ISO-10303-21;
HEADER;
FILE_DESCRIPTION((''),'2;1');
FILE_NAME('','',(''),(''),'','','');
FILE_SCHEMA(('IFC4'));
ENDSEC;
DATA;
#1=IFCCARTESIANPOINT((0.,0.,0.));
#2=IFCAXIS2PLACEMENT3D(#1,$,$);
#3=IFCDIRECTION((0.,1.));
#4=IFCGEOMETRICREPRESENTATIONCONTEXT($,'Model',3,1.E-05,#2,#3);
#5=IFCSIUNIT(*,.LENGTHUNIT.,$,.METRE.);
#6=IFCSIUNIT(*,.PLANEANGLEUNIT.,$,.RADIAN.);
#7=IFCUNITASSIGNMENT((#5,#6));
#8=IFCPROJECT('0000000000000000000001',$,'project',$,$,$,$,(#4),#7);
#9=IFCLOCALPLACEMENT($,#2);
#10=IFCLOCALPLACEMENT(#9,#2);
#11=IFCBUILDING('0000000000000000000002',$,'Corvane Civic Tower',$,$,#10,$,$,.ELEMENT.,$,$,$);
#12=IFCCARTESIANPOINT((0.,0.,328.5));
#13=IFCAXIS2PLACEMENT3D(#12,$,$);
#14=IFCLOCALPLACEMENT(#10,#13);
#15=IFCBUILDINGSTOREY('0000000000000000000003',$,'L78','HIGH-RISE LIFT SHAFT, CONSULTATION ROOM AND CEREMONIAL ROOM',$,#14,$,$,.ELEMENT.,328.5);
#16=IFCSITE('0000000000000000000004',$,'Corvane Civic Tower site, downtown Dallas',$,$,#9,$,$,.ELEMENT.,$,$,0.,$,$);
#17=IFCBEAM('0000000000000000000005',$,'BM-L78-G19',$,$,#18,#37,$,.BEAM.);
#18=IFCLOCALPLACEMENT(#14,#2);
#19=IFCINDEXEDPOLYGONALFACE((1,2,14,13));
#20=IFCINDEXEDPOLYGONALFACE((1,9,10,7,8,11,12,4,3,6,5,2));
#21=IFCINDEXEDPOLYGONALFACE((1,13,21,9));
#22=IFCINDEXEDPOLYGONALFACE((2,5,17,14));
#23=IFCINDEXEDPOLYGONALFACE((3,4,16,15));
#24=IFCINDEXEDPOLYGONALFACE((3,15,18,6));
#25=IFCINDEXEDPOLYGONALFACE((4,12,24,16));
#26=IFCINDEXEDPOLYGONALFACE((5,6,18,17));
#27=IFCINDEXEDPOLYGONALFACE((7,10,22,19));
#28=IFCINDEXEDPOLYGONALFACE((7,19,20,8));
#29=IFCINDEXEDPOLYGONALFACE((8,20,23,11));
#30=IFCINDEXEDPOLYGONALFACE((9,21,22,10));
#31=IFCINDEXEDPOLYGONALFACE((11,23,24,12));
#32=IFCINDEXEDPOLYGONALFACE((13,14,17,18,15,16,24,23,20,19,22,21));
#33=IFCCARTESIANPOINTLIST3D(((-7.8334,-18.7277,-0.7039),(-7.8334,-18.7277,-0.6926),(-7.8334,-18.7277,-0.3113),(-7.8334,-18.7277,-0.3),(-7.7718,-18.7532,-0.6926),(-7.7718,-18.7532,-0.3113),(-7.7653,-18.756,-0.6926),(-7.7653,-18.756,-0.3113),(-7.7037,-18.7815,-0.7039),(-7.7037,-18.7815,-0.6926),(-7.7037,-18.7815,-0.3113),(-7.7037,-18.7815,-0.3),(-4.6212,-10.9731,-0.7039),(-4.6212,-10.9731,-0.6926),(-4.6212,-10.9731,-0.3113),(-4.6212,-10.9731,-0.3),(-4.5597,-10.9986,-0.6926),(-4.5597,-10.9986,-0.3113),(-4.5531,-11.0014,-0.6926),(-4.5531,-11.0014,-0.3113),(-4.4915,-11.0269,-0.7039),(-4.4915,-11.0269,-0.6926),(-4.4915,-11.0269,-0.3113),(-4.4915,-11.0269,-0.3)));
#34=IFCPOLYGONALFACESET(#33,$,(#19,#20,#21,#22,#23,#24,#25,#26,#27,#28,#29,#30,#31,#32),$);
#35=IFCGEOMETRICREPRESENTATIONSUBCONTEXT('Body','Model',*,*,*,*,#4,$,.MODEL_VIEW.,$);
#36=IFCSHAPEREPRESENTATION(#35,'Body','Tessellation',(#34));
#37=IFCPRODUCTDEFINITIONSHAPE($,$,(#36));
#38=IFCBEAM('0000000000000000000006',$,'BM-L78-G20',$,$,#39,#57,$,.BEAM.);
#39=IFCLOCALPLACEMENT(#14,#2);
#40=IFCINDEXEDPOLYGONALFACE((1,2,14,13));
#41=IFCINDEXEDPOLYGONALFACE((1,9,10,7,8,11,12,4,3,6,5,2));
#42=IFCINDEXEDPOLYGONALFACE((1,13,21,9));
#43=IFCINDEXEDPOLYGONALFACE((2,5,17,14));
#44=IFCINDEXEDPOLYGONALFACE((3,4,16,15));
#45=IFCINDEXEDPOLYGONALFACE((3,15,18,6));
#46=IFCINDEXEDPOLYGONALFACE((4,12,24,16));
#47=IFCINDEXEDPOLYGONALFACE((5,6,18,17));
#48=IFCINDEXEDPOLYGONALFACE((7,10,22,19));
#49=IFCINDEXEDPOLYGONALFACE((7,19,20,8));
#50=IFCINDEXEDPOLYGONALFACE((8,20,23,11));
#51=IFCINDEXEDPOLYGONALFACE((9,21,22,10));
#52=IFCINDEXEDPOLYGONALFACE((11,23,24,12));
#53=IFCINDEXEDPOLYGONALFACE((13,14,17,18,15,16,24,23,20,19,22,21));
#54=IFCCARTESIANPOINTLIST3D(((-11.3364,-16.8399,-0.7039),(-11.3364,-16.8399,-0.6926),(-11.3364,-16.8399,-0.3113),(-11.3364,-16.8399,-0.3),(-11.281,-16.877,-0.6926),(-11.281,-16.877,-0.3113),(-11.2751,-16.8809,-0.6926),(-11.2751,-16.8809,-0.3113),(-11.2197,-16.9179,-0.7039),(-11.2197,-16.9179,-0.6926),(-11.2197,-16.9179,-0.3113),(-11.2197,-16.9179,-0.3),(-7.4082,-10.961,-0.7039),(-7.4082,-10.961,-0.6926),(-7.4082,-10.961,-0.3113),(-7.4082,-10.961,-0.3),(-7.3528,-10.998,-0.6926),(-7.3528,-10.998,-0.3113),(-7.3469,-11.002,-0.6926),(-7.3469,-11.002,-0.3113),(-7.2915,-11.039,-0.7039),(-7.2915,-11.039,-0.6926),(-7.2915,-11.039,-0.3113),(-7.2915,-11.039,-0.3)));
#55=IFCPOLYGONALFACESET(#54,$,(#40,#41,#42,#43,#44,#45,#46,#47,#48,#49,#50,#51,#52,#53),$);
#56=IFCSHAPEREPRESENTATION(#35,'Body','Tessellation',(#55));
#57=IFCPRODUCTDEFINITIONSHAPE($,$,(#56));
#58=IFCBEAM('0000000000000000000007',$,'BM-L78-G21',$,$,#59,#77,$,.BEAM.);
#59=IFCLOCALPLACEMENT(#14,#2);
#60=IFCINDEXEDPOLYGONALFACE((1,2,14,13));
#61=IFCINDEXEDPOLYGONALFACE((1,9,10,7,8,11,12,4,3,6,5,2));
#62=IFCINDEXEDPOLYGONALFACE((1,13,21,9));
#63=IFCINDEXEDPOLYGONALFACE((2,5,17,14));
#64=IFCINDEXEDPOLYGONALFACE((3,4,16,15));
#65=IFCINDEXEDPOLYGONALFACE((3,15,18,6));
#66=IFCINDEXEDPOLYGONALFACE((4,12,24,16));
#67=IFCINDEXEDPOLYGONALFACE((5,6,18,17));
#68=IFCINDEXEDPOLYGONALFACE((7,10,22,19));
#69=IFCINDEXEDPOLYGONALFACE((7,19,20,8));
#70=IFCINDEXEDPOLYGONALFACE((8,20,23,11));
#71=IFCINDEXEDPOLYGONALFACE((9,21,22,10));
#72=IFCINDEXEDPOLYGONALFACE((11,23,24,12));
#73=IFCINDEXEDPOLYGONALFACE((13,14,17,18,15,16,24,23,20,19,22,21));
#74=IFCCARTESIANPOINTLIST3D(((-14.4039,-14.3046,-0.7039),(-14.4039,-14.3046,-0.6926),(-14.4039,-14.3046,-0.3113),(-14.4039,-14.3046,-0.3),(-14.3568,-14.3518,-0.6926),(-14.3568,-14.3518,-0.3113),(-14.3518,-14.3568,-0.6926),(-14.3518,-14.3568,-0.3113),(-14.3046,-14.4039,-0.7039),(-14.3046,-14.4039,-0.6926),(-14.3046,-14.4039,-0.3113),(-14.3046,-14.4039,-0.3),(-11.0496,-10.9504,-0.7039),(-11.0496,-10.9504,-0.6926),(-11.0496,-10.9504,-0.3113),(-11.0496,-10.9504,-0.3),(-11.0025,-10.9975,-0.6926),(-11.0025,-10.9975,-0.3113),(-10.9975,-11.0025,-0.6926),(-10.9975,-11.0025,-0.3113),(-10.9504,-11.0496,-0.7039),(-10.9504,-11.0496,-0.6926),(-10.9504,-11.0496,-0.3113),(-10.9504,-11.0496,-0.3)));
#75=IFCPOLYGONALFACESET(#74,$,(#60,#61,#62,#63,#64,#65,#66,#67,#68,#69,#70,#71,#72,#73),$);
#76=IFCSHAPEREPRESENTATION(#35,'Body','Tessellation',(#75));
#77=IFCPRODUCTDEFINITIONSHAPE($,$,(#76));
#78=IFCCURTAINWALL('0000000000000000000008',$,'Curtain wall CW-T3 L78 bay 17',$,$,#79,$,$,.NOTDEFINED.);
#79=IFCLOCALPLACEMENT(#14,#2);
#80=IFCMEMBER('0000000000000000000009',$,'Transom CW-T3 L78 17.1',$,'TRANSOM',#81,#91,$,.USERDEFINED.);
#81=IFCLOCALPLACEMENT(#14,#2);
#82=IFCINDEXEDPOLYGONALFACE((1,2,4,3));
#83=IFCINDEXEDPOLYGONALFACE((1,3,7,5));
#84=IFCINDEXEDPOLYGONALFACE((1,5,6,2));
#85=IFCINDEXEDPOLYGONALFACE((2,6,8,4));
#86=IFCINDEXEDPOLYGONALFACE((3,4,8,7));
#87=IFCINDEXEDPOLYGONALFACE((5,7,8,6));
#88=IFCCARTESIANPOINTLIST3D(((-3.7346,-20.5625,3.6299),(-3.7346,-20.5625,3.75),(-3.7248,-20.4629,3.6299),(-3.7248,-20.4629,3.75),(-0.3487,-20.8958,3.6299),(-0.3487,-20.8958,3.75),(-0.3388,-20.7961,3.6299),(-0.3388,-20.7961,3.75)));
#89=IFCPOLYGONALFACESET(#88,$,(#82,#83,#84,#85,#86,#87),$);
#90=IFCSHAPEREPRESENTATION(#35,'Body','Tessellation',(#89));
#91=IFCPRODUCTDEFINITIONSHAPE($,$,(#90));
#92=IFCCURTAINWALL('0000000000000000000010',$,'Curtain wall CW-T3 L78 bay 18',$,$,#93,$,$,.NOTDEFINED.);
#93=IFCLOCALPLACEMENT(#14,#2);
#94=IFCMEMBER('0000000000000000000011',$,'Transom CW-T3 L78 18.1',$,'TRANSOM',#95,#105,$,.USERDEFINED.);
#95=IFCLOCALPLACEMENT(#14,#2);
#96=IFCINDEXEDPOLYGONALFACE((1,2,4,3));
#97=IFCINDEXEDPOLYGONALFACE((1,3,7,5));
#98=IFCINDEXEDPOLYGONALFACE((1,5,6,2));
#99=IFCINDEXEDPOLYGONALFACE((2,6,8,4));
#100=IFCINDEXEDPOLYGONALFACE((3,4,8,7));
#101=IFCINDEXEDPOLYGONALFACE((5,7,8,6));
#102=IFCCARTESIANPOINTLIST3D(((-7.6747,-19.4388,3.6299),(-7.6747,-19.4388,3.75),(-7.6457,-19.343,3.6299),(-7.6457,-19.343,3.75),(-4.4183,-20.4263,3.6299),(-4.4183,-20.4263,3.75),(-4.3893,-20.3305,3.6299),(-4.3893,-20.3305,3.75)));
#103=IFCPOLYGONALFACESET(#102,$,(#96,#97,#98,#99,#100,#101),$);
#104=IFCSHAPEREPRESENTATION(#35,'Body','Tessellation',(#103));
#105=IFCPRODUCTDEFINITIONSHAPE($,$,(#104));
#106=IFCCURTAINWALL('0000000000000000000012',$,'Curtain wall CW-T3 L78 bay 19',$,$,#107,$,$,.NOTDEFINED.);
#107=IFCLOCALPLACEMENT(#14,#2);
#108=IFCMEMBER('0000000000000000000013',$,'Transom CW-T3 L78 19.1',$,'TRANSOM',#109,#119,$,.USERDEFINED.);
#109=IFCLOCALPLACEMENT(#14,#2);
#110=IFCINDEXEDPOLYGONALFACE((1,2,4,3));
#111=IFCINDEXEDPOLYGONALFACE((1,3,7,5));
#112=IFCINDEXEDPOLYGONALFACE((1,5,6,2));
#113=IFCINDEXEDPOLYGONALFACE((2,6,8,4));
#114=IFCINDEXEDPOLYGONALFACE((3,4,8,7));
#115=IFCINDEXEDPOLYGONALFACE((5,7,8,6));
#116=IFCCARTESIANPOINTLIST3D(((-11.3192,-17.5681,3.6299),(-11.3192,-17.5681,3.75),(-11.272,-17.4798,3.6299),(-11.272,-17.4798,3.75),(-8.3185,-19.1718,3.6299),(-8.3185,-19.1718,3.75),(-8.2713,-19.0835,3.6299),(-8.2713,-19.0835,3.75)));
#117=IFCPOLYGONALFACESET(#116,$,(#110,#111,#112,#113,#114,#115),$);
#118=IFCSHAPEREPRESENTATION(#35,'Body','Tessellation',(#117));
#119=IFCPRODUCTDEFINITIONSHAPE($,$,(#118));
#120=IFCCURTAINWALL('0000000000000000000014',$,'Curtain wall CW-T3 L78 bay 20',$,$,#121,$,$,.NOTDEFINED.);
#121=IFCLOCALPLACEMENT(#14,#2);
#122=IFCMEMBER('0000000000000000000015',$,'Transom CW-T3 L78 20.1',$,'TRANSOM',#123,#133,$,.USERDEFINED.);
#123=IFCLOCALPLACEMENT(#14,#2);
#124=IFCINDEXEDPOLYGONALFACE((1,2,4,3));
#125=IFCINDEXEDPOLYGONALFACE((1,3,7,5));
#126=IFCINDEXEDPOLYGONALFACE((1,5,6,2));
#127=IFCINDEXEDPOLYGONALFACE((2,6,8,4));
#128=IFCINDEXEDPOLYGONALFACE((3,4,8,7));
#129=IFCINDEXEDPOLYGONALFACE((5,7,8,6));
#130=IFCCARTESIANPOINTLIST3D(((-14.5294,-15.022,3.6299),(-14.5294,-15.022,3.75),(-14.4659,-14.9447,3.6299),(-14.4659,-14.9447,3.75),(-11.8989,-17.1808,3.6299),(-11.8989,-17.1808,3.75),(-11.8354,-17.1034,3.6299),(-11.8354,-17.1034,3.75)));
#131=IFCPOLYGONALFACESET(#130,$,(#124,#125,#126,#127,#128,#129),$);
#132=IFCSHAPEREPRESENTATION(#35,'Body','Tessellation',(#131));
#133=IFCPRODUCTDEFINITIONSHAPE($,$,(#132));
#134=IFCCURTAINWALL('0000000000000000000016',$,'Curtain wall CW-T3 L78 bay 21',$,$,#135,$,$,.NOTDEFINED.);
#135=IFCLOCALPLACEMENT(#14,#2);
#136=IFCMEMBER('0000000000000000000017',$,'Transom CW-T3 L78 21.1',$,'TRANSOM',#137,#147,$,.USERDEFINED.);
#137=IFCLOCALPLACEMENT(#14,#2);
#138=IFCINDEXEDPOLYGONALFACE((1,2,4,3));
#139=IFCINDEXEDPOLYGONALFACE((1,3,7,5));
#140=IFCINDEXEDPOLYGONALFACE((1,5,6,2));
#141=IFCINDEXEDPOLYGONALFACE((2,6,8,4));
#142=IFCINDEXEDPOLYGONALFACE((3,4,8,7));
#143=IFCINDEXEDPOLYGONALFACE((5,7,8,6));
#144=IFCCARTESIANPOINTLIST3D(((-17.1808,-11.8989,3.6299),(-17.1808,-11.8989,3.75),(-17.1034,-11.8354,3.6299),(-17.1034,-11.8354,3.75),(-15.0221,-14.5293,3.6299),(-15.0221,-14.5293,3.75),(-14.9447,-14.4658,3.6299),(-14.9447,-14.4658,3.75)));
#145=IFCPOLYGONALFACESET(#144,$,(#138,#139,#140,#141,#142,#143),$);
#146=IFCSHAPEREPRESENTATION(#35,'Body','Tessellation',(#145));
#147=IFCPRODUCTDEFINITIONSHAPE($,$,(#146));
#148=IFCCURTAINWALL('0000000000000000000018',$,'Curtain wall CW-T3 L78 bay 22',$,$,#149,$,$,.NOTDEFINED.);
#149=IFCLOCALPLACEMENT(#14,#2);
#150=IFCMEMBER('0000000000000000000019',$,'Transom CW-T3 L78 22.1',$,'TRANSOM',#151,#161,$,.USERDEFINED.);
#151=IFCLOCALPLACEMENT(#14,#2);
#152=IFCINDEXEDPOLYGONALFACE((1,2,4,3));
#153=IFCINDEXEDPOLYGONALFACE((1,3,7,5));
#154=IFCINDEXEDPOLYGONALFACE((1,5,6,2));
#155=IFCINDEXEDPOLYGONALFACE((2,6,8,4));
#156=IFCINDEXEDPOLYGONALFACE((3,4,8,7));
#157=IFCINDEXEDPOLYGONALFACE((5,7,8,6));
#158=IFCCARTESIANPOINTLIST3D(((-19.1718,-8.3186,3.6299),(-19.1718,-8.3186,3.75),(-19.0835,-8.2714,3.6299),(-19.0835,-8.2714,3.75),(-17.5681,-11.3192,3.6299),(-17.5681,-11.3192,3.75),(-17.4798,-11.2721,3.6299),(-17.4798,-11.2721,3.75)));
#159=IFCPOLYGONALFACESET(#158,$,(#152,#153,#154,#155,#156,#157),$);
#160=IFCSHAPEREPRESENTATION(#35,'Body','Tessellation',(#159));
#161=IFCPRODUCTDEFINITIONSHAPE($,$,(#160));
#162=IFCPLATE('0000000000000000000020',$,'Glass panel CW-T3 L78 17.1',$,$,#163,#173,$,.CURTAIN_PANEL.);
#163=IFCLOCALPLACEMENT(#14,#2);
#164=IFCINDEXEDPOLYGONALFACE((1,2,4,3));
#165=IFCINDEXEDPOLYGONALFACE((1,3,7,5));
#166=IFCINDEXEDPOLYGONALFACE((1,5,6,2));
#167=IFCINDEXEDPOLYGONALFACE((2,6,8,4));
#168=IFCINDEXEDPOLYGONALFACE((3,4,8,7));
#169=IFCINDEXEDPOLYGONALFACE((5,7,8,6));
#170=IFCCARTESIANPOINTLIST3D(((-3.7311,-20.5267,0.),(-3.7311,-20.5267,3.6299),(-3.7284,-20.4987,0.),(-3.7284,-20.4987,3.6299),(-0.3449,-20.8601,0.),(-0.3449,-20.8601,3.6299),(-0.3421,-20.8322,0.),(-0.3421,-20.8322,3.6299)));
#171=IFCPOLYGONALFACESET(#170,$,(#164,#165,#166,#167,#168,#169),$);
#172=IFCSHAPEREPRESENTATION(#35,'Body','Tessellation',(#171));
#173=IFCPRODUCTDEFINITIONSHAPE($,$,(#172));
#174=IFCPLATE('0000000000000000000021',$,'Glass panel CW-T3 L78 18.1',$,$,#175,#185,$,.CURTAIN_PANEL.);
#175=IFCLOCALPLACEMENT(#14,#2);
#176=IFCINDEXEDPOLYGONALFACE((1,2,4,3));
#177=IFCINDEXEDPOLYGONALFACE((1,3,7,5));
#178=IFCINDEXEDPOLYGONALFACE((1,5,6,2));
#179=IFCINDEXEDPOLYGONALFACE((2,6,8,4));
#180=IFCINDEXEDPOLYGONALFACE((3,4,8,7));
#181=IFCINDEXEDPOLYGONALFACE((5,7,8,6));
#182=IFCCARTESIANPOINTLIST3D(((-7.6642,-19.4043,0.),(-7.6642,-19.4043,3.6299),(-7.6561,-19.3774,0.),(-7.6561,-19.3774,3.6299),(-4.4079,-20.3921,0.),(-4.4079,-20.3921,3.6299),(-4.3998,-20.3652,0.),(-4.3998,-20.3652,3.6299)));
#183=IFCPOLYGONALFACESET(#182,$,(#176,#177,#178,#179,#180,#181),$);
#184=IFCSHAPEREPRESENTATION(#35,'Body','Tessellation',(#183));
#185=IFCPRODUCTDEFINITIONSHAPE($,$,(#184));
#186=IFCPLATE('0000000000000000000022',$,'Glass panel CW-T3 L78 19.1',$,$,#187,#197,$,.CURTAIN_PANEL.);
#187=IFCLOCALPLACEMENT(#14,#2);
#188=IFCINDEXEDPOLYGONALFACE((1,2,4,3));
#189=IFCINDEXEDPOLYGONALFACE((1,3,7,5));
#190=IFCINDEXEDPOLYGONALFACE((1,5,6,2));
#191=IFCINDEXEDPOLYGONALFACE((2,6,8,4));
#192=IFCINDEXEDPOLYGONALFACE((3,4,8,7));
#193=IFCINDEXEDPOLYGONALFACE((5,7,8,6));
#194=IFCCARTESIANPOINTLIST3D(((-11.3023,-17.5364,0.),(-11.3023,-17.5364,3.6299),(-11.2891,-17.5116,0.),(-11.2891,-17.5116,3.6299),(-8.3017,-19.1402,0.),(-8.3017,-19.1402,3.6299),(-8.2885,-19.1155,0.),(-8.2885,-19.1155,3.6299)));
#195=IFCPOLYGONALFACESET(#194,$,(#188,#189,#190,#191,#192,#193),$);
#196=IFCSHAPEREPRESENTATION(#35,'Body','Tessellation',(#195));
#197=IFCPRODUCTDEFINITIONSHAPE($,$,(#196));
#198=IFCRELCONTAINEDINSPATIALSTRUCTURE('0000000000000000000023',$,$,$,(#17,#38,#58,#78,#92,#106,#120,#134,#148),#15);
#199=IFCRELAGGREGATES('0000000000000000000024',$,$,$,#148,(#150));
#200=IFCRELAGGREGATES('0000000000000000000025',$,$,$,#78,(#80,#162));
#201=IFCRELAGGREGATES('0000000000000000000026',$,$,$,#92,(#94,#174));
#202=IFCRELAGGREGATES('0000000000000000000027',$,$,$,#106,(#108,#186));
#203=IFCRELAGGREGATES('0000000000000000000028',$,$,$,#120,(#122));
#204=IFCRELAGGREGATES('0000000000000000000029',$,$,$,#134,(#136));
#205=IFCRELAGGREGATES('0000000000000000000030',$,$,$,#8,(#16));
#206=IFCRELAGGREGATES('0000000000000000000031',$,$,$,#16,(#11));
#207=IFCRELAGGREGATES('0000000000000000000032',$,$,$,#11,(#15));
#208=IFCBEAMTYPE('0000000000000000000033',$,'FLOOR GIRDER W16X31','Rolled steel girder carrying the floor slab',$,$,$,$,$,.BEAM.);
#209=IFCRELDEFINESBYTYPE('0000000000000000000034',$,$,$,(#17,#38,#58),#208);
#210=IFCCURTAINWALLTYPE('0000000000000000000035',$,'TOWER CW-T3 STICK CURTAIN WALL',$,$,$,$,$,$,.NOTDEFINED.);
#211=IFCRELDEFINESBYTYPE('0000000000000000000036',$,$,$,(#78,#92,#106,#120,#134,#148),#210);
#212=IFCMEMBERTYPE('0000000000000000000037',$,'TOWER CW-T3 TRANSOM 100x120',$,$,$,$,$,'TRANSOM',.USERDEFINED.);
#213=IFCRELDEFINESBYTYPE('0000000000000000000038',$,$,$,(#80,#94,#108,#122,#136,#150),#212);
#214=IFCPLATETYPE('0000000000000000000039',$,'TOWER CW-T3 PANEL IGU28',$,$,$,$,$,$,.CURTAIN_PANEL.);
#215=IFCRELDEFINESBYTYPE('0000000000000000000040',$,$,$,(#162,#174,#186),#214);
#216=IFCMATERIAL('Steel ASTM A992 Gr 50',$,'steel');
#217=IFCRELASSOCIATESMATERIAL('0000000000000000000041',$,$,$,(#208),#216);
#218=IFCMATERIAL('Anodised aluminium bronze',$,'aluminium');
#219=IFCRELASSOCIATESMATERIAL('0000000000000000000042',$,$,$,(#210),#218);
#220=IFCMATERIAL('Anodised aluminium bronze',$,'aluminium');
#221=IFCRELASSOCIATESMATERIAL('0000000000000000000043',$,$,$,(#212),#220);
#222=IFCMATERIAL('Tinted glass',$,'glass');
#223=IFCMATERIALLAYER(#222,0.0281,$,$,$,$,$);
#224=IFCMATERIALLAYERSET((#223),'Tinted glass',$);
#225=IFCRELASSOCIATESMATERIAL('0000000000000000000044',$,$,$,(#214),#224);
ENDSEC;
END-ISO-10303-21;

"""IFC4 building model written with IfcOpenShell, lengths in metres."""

from ifc_helpers import new_model, si_unit, direction, frame, origin, origin_2d, place, context, subcontext, project, spatial, rectangle, i_section, extrude, material, layer, layer_set, material_profile, profile_set, type_object, element, aggregate, save


model = new_model("IFC4")

# Units and contexts
model_context = context("Model", 3, precision=1e-05, world=origin(), true_north=direction((0.0, 1.0)))
body_context = subcontext(model_context, "Body", "Model", "MODEL_VIEW")
ifc_project = project(units=[si_unit("LENGTHUNIT", "METRE"), si_unit("PLANEANGLEUNIT", "RADIAN")], contexts=[model_context])

# Site, building, storey
site_placement = place(None, origin())
site = spatial("IfcSite", under=ifc_project, at=site_placement, Name="Corvane Civic Tower site, downtown Dallas", CompositionType="ELEMENT", RefElevation=0.0)
building_placement = place(site_placement, origin())
building = spatial("IfcBuilding", under=site, at=building_placement, Name="Corvane Civic Tower", CompositionType="ELEMENT")
storey_placement = place(building_placement, frame((0.0, 0.0, 328.5)))
storey = spatial("IfcBuildingStorey", under=building, at=storey_placement, Name="L78", Description="HIGH-RISE LIFT SHAFT, CONSULTATION ROOM AND CEREMONIAL ROOM", CompositionType="ELEMENT", Elevation=328.5)

# Beams
ifc_material_1 = material(Name="Steel ASTM A992 Gr 50", Category="steel")
ifc_material_profile_1 = material_profile(ifc_material_1, i_section(OverallWidth=0.1404, OverallDepth=0.4038, WebThickness=0.0071, FlangeThickness=0.0112, at=origin_2d()), Name="W16X31")
ifc_profile_set_1 = profile_set([ifc_material_profile_1], Name="Steel ASTM A992 Gr 50")
beam_type_1 = type_object("IfcBeamType", Name="FLOOR GIRDER W16X31", Description="Rolled steel girder carrying the floor slab", PredefinedType="BEAM", material=ifc_profile_set_1)
beam_1_placement = place(storey_placement, frame((-4.5564, -11.0, -0.502), z_axis=(-0.382692, -0.923876, 0.0), x_axis=(0.923876, -0.382692, 0.0)))
element("IfcBeam", 1, at=beam_1_placement, inside=storey, type_object=beam_type_1, Name="BM-L78-G19", PredefinedType="BEAM", context=body_context, shape_type="SweptSolid", body=[
    extrude(i_section(OverallWidth=0.1404, OverallDepth=0.4038, WebThickness=0.0071, FlangeThickness=0.0112, at=origin_2d()), origin(), (0.0, 0.0, 1.0), 8.3936),
])
beam_2_placement = place(storey_placement, frame((-7.3499, -11.0, -0.502), z_axis=(-0.555576, -0.831465, 0.0), x_axis=(0.831465, -0.555576, 0.0)))
element("IfcBeam", 2, at=beam_2_placement, inside=storey, type_object=beam_type_1, Name="BM-L78-G20", PredefinedType="BEAM", context=body_context, shape_type="SweptSolid", body=[
    extrude(i_section(OverallWidth=0.1404, OverallDepth=0.4038, WebThickness=0.0071, FlangeThickness=0.0112, at=origin_2d()), origin(), (0.0, 0.0, 1.0), 7.0706),
])
beam_3_placement = place(storey_placement, frame((-11.0, -11.0, -0.502), z_axis=(-0.707107, -0.707107, 0.0), x_axis=(0.707107, -0.707107, 0.0)))
element("IfcBeam", 3, at=beam_3_placement, inside=storey, type_object=beam_type_1, Name="BM-L78-G21", PredefinedType="BEAM", context=body_context, shape_type="SweptSolid", body=[
    extrude(i_section(OverallWidth=0.1404, OverallDepth=0.4038, WebThickness=0.0071, FlangeThickness=0.0112, at=origin_2d()), origin(), (0.0, 0.0, 1.0), 4.7437),
])

# Curtain walls, members
ifc_material_2 = material(Name="Anodised aluminium bronze", Category="aluminium")
curtain_wall_type = type_object("IfcCurtainWallType", Name="TOWER CW-T3 STICK CURTAIN WALL", PredefinedType="NOTDEFINED", material=ifc_material_2)
curtain_wall_1_placement = place(storey_placement, origin())
curtain_wall_1 = element("IfcCurtainWall", 4, at=curtain_wall_1_placement, inside=storey, type_object=curtain_wall_type, Name="Curtain wall CW-T3 L78 bay 17", PredefinedType="NOTDEFINED")
ifc_material_3 = material(Name="Anodised aluminium bronze", Category="aluminium")
ifc_material_profile_2 = material_profile(ifc_material_3, rectangle(XDim=0.1001, YDim=0.1201, at=origin_2d()), Name="TOWER CW-T3 TRANSOM 100x120")
ifc_profile_set_2 = profile_set([ifc_material_profile_2], Name="Anodised aluminium bronze")
member_type = type_object("IfcMemberType", Name="TOWER CW-T3 TRANSOM 100x120", ElementType="TRANSOM", PredefinedType="USERDEFINED", material=ifc_profile_set_2)
member_1_placement = place(storey_placement, frame((-0.3438, -20.8459, 3.6899), z_axis=(-0.995192, 0.097948, 0.0), x_axis=(-0.097948, -0.995192, 0.0)))
member_1 = element("IfcMember", 5, at=member_1_placement, type_object=member_type, Name="Transom CW-T3 L78 17.1", ObjectType="TRANSOM", PredefinedType="USERDEFINED", context=body_context, shape_type="SweptSolid", body=[
    extrude(rectangle(XDim=0.1001, YDim=0.1201, at=origin_2d()), origin(), (0.0, 0.0, 1.0), 3.4023),
])
curtain_wall_2_placement = place(storey_placement, origin())
curtain_wall_2 = element("IfcCurtainWall", 6, at=curtain_wall_2_placement, inside=storey, type_object=curtain_wall_type, Name="Curtain wall CW-T3 L78 bay 18", PredefinedType="NOTDEFINED")
member_2_placement = place(storey_placement, frame((-4.4038, -20.3784, 3.6899), z_axis=(-0.956961, 0.290216, 0.0), x_axis=(-0.290216, -0.956961, 0.0)))
member_2 = element("IfcMember", 7, at=member_2_placement, type_object=member_type, Name="Transom CW-T3 L78 18.1", ObjectType="TRANSOM", PredefinedType="USERDEFINED", context=body_context, shape_type="SweptSolid", body=[
    extrude(rectangle(XDim=0.1001, YDim=0.1201, at=origin_2d()), origin(), (0.0, 0.0, 1.0), 3.4028),
])
curtain_wall_3_placement = place(storey_placement, origin())
curtain_wall_3 = element("IfcCurtainWall", 8, at=curtain_wall_3_placement, inside=storey, type_object=curtain_wall_type, Name="Curtain wall CW-T3 L78 bay 19", PredefinedType="NOTDEFINED")
member_3_placement = place(storey_placement, frame((-8.2949, -19.1277, 3.6899), z_axis=(-0.881941, 0.471359, 0.0), x_axis=(-0.471359, -0.881941, 0.0)))
member_3 = element("IfcMember", 9, at=member_3_placement, type_object=member_type, Name="Transom CW-T3 L78 19.1", ObjectType="TRANSOM", PredefinedType="USERDEFINED", context=body_context, shape_type="SweptSolid", body=[
    extrude(rectangle(XDim=0.1001, YDim=0.1201, at=origin_2d()), origin(), (0.0, 0.0, 1.0), 3.4023),
])
curtain_wall_4_placement = place(storey_placement, origin())
curtain_wall_4 = element("IfcCurtainWall", 10, at=curtain_wall_4_placement, inside=storey, type_object=curtain_wall_type, Name="Curtain wall CW-T3 L78 bay 20", PredefinedType="NOTDEFINED")
member_4_placement = place(storey_placement, frame((-11.8672, -17.1421, 3.6899), z_axis=(-0.77301, 0.634394, 0.0), x_axis=(-0.634394, -0.77301, 0.0)))
member_4 = element("IfcMember", 11, at=member_4_placement, type_object=member_type, Name="Transom CW-T3 L78 20.1", ObjectType="TRANSOM", PredefinedType="USERDEFINED", context=body_context, shape_type="SweptSolid", body=[
    extrude(rectangle(XDim=0.1001, YDim=0.1201, at=origin_2d()), origin(), (0.0, 0.0, 1.0), 3.4028),
])
curtain_wall_5_placement = place(storey_placement, origin())
curtain_wall_5 = element("IfcCurtainWall", 12, at=curtain_wall_5_placement, inside=storey, type_object=curtain_wall_type, Name="Curtain wall CW-T3 L78 bay 21", PredefinedType="NOTDEFINED")
member_5_placement = place(storey_placement, frame((-14.9834, -14.4976, 3.6899), z_axis=(-0.634394, 0.77301, 0.0), x_axis=(-0.77301, -0.634394, 0.0)))
member_5 = element("IfcMember", 13, at=member_5_placement, type_object=member_type, Name="Transom CW-T3 L78 21.1", ObjectType="TRANSOM", PredefinedType="USERDEFINED", context=body_context, shape_type="SweptSolid", body=[
    extrude(rectangle(XDim=0.1001, YDim=0.1201, at=origin_2d()), origin(), (0.0, 0.0, 1.0), 3.4028),
])
curtain_wall_6_placement = place(storey_placement, origin())
curtain_wall_6 = element("IfcCurtainWall", 14, at=curtain_wall_6_placement, inside=storey, type_object=curtain_wall_type, Name="Curtain wall CW-T3 L78 bay 22", PredefinedType="NOTDEFINED")
member_6_placement = place(storey_placement, frame((-17.5239, -11.2957, 3.6899), z_axis=(-0.471359, 0.881941, 0.0), x_axis=(-0.881941, -0.471359, 0.0)))
member_6 = element("IfcMember", 15, at=member_6_placement, type_object=member_type, Name="Transom CW-T3 L78 22.1", ObjectType="TRANSOM", PredefinedType="USERDEFINED", context=body_context, shape_type="SweptSolid", body=[
    extrude(rectangle(XDim=0.1001, YDim=0.1201, at=origin_2d()), origin(), (0.0, 0.0, 1.0), 3.4023),
])
aggregate(curtain_wall_6, [member_6])

# Plates
ifc_material_4 = material(Name="Tinted glass", Category="glass")
ifc_layer_1 = layer(ifc_material_4, 0.0281)
ifc_layer_set_1 = layer_set([ifc_layer_1], Name="Tinted glass")
plate_type = type_object("IfcPlateType", Name="TOWER CW-T3 PANEL IGU28", PredefinedType="CURTAIN_PANEL", material=ifc_layer_set_1)
plate_1_placement = place(storey_placement, frame((-2.0366, -20.6794, 0.0), z_axis=(0.0, 0.0, 1.0), x_axis=(-0.995187, 0.097998, 0.0)))
plate_1 = element("IfcPlate", 16, at=plate_1_placement, type_object=plate_type, Name="Glass panel CW-T3 L78 17.1", PredefinedType="CURTAIN_PANEL", context=body_context, shape_type="SweptSolid", body=[
    extrude(rectangle(XDim=3.4026, YDim=0.0281, at=origin_2d()), origin(), (0.0, 0.0, 1.0), 3.6299),
])
aggregate(curtain_wall_1, [member_1, plate_1])
plate_2_placement = place(storey_placement, frame((-6.032, -19.8848, 0.0), z_axis=(0.0, 0.0, 1.0), x_axis=(-0.956939, 0.29029, 0.0)))
plate_2 = element("IfcPlate", 17, at=plate_2_placement, type_object=plate_type, Name="Glass panel CW-T3 L78 18.1", PredefinedType="CURTAIN_PANEL", context=body_context, shape_type="SweptSolid", body=[
    extrude(rectangle(XDim=3.4028, YDim=0.0281, at=origin_2d()), origin(), (0.0, 0.0, 1.0), 3.6299),
])
aggregate(curtain_wall_2, [member_2, plate_2])
plate_3_placement = place(storey_placement, frame((-9.7954, -18.3259, 0.0), z_axis=(0.0, 0.0, 1.0), x_axis=(-0.881928, 0.471384, 0.0)))
plate_3 = element("IfcPlate", 18, at=plate_3_placement, type_object=plate_type, Name="Glass panel CW-T3 L78 19.1", PredefinedType="CURTAIN_PANEL", context=body_context, shape_type="SweptSolid", body=[
    extrude(rectangle(XDim=3.4023, YDim=0.0281, at=origin_2d()), origin(), (0.0, 0.0, 1.0), 3.6299),
])
aggregate(curtain_wall_3, [member_3, plate_3])
aggregate(curtain_wall_4, [member_4])
aggregate(curtain_wall_5, [member_5])

save(model, "model.ifc")
